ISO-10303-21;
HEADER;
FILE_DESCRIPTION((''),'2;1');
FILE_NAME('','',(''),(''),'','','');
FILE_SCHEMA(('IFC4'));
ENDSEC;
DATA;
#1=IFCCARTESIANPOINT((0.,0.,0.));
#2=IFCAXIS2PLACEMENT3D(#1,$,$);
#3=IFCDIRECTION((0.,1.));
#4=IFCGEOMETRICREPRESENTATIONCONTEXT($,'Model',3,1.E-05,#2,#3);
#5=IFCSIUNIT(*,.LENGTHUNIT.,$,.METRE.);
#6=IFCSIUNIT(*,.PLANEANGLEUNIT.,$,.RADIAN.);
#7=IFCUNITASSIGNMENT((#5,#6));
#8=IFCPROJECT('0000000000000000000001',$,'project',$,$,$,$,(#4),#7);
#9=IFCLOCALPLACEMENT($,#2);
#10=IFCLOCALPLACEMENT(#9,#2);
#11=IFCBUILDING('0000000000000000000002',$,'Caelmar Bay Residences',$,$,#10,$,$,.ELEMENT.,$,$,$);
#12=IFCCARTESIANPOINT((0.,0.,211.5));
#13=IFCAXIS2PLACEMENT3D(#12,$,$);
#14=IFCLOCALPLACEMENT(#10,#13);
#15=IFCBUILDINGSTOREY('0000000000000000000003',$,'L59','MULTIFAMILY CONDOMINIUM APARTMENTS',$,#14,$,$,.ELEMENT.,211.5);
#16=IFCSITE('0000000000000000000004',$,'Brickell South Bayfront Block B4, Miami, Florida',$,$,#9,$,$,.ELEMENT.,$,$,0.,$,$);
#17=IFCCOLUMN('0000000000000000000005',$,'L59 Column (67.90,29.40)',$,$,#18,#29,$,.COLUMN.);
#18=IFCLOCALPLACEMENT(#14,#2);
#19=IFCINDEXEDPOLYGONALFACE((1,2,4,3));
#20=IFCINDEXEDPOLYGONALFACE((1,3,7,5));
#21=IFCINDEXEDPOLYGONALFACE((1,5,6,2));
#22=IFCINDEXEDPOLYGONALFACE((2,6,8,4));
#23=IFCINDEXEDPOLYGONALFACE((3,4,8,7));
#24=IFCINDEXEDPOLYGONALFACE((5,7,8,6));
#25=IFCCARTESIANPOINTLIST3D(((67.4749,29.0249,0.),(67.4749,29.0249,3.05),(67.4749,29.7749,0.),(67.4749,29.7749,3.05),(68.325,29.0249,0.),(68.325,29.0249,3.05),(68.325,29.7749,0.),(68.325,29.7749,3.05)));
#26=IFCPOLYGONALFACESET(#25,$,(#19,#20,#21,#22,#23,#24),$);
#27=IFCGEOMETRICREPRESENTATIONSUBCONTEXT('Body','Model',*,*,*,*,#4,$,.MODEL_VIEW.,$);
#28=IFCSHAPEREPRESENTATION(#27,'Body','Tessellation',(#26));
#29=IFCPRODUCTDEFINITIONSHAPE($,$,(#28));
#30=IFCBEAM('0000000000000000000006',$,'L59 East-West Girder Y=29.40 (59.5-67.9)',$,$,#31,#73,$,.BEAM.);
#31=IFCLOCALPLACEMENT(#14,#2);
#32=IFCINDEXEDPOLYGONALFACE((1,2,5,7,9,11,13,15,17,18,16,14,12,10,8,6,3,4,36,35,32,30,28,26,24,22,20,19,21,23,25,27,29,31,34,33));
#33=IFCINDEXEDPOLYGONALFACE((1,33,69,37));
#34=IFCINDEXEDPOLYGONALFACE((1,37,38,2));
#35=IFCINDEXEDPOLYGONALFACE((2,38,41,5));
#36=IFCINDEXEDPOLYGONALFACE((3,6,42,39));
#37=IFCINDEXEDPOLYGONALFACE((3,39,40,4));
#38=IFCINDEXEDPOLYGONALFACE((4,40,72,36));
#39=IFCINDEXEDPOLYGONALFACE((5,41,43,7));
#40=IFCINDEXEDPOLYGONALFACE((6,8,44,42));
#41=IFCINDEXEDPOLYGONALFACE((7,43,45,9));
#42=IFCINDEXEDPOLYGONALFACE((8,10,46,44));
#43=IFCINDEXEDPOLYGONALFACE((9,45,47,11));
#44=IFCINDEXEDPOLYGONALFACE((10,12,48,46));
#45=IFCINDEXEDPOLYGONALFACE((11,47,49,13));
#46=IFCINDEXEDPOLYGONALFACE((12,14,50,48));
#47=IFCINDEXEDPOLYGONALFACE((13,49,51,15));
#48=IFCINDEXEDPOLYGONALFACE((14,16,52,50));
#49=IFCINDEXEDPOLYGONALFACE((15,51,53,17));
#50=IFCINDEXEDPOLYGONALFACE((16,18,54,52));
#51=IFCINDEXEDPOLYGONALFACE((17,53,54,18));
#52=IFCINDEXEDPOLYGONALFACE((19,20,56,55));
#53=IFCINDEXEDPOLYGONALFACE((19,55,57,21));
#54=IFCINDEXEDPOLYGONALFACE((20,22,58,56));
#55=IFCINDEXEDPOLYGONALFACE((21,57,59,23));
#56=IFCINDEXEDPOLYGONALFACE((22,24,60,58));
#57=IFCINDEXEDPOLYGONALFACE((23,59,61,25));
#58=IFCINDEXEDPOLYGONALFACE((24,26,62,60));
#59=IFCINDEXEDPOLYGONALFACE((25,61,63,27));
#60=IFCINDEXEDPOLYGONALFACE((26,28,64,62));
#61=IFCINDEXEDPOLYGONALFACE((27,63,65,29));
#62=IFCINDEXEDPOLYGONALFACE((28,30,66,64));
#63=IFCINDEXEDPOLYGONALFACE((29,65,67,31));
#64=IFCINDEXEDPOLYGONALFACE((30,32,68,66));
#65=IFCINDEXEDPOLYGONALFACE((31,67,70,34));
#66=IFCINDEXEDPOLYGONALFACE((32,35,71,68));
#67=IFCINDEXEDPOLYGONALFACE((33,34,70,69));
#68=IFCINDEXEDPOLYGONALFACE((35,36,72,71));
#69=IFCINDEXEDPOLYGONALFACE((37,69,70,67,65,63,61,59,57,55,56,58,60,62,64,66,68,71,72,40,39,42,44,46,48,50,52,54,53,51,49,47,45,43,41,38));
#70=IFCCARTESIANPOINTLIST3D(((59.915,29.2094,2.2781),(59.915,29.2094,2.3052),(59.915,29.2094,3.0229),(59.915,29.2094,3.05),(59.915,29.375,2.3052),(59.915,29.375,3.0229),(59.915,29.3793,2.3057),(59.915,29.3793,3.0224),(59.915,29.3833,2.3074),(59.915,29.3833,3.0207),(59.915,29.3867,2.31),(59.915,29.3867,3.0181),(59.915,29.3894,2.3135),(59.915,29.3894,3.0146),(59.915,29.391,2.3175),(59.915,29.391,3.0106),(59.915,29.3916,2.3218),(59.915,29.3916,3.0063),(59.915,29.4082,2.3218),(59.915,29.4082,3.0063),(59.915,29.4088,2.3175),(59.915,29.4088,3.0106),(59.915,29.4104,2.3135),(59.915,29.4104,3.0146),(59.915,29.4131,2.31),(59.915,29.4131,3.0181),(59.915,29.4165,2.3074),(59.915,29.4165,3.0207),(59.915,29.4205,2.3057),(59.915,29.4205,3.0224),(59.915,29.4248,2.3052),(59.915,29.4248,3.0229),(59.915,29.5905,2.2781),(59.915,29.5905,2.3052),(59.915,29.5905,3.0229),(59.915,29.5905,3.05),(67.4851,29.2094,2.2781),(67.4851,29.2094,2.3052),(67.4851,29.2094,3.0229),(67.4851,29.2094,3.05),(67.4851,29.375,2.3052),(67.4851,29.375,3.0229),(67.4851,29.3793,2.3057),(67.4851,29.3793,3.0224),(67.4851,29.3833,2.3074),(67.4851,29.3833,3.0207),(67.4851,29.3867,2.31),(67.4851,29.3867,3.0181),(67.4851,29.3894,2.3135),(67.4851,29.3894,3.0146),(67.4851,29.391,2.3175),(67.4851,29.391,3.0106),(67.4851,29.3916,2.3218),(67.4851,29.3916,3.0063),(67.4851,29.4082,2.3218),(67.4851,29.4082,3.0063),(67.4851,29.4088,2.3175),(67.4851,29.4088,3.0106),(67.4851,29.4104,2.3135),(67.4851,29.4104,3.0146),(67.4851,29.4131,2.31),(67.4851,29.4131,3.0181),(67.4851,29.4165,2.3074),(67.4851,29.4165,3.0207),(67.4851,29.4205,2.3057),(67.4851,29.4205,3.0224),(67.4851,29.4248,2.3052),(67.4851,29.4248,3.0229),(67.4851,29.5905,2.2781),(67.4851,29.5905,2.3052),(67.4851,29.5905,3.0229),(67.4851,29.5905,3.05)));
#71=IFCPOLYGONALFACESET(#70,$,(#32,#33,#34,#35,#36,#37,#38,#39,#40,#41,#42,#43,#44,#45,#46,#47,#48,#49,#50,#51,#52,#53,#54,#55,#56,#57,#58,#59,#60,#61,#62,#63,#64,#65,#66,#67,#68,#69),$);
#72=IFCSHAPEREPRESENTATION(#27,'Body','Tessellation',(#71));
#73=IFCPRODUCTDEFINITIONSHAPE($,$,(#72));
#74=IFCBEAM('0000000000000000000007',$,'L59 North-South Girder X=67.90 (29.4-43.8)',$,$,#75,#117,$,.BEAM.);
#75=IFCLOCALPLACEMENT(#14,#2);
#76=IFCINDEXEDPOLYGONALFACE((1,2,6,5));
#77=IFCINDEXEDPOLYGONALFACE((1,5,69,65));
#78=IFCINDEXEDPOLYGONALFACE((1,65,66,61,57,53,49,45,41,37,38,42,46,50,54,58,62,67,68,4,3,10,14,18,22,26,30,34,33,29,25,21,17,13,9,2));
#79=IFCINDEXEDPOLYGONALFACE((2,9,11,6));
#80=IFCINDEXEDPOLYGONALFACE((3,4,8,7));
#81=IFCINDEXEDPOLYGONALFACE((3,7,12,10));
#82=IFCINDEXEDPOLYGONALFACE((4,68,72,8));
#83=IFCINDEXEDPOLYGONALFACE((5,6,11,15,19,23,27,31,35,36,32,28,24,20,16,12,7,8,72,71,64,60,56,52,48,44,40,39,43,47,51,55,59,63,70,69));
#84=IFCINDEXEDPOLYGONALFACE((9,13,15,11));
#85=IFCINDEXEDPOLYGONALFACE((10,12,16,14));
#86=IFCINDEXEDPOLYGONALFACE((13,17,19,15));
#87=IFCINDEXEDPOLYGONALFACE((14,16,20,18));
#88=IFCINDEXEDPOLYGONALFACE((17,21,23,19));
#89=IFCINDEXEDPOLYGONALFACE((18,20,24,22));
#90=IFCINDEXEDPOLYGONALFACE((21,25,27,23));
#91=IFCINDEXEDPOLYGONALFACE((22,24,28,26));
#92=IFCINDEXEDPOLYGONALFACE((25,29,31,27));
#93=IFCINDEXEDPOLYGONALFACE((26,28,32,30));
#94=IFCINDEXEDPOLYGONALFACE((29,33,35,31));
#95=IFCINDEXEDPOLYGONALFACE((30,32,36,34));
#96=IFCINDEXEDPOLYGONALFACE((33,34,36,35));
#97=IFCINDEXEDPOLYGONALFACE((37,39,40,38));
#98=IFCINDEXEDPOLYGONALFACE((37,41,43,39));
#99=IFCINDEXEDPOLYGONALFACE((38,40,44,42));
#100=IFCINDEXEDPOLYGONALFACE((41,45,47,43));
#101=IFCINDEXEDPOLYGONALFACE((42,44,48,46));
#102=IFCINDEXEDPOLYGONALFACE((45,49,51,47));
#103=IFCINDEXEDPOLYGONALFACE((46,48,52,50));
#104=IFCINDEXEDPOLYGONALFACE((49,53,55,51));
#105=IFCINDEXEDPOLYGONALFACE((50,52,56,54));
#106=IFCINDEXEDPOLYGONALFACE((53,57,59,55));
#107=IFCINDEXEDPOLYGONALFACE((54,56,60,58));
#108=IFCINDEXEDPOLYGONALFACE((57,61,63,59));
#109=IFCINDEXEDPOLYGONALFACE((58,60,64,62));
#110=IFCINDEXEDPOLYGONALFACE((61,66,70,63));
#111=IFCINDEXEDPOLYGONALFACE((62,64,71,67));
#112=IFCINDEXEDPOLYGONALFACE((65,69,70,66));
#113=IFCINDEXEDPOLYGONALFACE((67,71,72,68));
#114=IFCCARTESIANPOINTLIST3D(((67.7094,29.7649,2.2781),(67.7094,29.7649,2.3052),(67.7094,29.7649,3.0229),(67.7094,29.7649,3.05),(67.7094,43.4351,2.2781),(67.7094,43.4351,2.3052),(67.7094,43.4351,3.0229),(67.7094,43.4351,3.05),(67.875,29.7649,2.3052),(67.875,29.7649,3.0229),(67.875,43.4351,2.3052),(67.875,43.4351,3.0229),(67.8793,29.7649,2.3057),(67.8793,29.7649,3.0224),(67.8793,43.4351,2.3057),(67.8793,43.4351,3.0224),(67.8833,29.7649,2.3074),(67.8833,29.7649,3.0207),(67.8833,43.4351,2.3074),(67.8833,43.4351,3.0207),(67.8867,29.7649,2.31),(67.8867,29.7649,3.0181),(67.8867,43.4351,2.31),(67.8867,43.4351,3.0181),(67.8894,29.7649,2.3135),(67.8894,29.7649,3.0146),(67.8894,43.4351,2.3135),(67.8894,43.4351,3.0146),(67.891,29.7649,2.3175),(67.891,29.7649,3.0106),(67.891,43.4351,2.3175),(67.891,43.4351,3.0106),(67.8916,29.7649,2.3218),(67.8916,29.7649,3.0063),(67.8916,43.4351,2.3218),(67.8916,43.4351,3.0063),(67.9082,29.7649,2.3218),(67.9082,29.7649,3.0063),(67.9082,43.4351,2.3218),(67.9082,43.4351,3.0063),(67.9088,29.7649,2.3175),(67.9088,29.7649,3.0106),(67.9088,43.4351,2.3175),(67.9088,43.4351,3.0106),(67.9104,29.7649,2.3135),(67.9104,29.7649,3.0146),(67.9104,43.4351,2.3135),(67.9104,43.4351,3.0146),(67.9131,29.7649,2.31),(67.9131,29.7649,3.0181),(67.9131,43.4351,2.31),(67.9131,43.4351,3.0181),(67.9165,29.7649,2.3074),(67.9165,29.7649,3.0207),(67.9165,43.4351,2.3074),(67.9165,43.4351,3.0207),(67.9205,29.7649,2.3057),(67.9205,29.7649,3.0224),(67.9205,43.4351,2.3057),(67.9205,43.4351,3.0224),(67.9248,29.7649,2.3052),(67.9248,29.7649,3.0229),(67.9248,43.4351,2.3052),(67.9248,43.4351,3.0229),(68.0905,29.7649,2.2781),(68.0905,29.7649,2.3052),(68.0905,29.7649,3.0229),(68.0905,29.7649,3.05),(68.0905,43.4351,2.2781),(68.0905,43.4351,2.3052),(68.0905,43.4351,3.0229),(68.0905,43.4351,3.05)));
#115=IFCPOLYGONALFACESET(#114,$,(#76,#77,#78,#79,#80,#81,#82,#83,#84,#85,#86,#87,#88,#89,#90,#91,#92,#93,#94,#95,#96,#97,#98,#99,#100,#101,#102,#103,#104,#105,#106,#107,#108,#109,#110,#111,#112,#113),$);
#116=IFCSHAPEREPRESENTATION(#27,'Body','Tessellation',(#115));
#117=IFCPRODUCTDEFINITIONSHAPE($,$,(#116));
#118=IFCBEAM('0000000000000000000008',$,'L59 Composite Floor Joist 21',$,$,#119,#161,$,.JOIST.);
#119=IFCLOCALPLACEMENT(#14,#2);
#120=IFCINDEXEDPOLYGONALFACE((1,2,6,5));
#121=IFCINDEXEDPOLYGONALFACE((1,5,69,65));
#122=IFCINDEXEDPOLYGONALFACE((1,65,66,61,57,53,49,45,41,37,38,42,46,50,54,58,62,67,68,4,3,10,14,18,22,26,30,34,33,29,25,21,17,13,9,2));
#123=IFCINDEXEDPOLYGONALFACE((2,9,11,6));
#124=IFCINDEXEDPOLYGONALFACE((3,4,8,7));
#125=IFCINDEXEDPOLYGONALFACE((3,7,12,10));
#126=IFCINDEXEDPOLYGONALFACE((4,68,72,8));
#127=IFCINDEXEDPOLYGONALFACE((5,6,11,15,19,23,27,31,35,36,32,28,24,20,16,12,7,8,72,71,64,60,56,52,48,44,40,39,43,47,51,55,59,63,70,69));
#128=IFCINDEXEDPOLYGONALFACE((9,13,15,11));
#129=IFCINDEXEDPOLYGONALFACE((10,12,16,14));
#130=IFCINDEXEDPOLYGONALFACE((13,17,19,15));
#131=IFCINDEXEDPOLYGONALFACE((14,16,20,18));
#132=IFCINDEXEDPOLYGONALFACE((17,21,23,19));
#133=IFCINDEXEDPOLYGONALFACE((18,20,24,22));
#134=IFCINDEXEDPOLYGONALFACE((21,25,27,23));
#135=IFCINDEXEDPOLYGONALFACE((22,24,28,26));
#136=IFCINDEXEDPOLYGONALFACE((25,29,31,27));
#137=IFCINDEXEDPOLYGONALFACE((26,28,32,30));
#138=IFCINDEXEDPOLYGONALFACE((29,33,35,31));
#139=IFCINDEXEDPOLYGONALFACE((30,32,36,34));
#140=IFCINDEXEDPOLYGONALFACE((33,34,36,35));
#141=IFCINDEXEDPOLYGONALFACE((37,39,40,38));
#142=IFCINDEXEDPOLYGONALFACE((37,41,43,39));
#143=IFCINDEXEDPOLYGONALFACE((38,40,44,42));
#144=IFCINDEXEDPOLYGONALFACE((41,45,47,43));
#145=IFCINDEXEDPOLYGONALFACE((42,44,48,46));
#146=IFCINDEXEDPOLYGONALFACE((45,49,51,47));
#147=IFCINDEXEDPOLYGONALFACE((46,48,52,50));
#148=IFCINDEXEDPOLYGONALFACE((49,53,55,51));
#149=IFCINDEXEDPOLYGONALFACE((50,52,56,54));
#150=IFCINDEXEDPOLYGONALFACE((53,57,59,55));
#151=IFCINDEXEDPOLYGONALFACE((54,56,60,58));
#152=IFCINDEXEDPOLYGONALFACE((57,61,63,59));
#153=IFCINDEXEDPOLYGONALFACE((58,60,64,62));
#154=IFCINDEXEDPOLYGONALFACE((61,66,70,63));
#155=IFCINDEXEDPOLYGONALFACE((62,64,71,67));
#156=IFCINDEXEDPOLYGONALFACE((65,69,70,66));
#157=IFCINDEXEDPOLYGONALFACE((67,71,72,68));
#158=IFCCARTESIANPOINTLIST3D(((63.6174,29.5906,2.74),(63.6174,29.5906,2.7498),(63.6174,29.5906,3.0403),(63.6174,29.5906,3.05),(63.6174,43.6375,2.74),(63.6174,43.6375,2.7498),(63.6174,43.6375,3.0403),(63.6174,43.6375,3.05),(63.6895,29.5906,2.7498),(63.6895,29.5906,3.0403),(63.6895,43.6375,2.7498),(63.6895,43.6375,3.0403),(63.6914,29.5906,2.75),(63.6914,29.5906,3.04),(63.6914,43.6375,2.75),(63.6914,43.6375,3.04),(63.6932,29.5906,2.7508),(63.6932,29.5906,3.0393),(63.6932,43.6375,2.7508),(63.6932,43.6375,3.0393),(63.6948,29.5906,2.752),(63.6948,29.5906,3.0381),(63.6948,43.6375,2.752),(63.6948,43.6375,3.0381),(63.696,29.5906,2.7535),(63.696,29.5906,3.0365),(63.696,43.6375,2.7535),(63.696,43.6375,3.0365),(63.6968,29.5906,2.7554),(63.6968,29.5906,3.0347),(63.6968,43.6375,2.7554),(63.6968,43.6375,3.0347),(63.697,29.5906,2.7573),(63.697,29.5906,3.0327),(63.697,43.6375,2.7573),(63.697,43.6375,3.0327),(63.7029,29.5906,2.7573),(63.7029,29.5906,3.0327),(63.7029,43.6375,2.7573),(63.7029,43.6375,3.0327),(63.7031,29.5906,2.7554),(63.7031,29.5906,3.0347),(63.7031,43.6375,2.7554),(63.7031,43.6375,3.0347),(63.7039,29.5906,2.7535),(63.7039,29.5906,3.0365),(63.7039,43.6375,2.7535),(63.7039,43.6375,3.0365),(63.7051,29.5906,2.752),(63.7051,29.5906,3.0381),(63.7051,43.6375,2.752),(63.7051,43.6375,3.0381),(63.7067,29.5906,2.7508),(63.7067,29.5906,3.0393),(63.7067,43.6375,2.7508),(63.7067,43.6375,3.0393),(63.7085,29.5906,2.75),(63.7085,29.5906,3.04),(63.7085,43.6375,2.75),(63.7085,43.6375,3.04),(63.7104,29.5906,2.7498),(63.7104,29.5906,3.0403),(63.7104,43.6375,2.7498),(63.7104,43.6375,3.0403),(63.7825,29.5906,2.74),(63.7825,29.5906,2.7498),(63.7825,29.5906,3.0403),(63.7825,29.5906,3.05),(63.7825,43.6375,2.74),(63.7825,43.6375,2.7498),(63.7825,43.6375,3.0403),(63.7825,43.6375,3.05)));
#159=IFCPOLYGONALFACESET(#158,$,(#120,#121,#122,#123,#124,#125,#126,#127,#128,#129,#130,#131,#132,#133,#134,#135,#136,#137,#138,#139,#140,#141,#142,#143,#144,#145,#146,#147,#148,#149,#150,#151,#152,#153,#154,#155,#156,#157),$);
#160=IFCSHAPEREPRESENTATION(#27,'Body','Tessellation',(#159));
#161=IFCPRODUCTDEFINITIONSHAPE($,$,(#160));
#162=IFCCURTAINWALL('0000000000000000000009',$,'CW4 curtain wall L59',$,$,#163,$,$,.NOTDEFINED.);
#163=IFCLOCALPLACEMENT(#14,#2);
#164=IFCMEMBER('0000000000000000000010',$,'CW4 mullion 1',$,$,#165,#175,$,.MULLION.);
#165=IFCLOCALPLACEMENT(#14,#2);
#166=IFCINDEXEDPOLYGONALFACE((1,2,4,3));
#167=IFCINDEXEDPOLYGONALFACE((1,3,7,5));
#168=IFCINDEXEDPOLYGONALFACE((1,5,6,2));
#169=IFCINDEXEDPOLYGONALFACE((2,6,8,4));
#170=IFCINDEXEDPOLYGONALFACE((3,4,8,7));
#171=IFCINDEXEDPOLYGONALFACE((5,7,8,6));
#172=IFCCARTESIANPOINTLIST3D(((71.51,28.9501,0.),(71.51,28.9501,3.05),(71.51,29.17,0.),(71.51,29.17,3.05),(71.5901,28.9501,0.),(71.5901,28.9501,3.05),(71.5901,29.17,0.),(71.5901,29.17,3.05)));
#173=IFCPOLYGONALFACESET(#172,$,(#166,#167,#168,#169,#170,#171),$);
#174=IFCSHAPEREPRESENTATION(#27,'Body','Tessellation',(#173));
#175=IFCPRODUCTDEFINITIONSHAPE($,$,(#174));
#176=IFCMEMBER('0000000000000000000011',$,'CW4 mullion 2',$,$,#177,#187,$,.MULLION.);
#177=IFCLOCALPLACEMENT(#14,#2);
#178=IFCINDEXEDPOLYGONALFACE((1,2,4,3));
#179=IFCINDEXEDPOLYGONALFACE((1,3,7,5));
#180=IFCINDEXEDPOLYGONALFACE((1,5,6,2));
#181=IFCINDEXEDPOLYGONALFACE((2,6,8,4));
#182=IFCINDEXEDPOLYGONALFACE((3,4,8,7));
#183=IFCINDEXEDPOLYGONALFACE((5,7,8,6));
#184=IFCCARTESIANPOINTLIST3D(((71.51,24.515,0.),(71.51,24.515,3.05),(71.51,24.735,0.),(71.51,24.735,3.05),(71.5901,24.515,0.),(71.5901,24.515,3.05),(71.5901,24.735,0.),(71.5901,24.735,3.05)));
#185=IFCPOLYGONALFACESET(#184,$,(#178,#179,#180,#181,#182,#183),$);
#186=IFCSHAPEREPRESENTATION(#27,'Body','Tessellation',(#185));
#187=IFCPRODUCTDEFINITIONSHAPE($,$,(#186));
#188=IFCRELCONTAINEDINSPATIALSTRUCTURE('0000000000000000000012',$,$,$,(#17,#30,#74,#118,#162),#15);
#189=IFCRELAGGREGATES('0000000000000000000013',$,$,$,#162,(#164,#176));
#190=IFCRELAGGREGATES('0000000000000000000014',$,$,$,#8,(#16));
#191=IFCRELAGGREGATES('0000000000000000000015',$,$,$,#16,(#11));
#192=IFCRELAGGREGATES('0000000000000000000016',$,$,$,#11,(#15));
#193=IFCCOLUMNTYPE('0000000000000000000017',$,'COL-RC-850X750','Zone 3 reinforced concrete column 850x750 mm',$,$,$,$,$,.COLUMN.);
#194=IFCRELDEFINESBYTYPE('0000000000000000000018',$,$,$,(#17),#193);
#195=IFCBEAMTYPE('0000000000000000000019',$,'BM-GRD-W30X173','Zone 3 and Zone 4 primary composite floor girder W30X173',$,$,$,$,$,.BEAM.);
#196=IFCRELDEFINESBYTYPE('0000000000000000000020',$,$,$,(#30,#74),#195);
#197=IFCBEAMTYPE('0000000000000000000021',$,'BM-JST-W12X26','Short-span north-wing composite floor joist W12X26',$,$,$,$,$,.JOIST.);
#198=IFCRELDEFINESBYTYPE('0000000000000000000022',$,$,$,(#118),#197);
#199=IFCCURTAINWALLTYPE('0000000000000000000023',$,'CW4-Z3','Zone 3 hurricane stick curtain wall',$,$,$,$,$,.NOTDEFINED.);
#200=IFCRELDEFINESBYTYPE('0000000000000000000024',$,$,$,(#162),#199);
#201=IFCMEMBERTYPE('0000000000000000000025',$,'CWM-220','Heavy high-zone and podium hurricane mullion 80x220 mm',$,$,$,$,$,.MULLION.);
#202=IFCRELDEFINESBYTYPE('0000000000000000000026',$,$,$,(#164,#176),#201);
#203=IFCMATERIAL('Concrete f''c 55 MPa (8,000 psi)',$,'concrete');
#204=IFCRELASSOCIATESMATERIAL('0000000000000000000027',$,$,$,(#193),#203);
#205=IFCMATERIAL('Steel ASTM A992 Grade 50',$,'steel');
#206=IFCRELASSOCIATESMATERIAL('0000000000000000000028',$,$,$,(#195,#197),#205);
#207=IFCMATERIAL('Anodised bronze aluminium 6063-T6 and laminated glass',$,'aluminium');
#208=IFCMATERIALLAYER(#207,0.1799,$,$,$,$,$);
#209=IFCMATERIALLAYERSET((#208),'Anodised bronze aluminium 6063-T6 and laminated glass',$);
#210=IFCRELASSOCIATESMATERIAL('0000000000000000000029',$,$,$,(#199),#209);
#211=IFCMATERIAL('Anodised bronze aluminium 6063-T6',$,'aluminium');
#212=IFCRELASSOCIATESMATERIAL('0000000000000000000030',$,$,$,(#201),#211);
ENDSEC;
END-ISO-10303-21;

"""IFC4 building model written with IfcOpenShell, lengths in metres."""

from ifc_helpers import new_model, si_unit, direction, frame, origin, origin_2d, place, context, subcontext, project, spatial, rectangle, i_section, extrude, material, layer, layer_set, material_profile, profile_set, type_object, element, aggregate, save


model = new_model("IFC4")

# Units and contexts
model_context = context("Model", 3, precision=1e-05, world=origin(), true_north=direction((0.0, 1.0)))
body_context = subcontext(model_context, "Body", "Model", "MODEL_VIEW")
ifc_project = project(units=[si_unit("LENGTHUNIT", "METRE"), si_unit("PLANEANGLEUNIT", "RADIAN")], contexts=[model_context])

# Site, building, storey
site_placement = place(None, origin())
site = spatial("IfcSite", under=ifc_project, at=site_placement, Name="Brickell South Bayfront Block B4, Miami, Florida", CompositionType="ELEMENT", RefElevation=0.0)
building_placement = place(site_placement, origin())
building = spatial("IfcBuilding", under=site, at=building_placement, Name="Caelmar Bay Residences", CompositionType="ELEMENT")
storey_placement = place(building_placement, frame((0.0, 0.0, 211.5)))
storey = spatial("IfcBuildingStorey", under=building, at=storey_placement, Name="L59", Description="MULTIFAMILY CONDOMINIUM APARTMENTS", CompositionType="ELEMENT", Elevation=211.5)

# Column
ifc_material_1 = material(Name="Concrete f'c 55 MPa (8,000 psi)", Category="concrete")
ifc_material_profile_1 = material_profile(ifc_material_1, rectangle(XDim=0.8501, YDim=0.75, at=origin_2d()), Name="RC-COL-850X750")
ifc_profile_set_1 = profile_set([ifc_material_profile_1], Name="Concrete f'c 55 MPa (8,000 psi)")
column_type = type_object("IfcColumnType", Name="COL-RC-850X750", Description="Zone 3 reinforced concrete column 850x750 mm", PredefinedType="COLUMN", material=ifc_profile_set_1)
column_placement = place(storey_placement, frame((67.8999, 29.3999, 0.0), z_axis=(0.0, 0.0, 1.0), x_axis=(1.0, 0.0, 0.0)))
element("IfcColumn", 1, at=column_placement, inside=storey, type_object=column_type, Name="L59 Column (67.90,29.40)", PredefinedType="COLUMN", context=body_context, shape_type="SweptSolid", body=[
    extrude(rectangle(XDim=0.8501, YDim=0.75, at=origin_2d()), origin(), (0.0, 0.0, 1.0), 3.05),
])

# Beams
ifc_material_2 = material(Name="Steel ASTM A992 Grade 50", Category="steel")
ifc_material_profile_2 = material_profile(ifc_material_2, i_section(OverallWidth=0.3811, OverallDepth=0.772, WebThickness=0.0166, FlangeThickness=0.0271, FilletRadius=0.0166, at=origin_2d()), Name="W30X173")
ifc_profile_set_2 = profile_set([ifc_material_profile_2], Name="Steel ASTM A992 Grade 50")
beam_type_1 = type_object("IfcBeamType", Name="BM-GRD-W30X173", Description="Zone 3 and Zone 4 primary composite floor girder W30X173", PredefinedType="BEAM", material=ifc_profile_set_2)
beam_1_placement = place(storey_placement, frame((59.915, 29.3999, 2.6641), z_axis=(1.0, 0.0, 0.0), x_axis=(0.0, 1.0, 0.0)))
element("IfcBeam", 2, at=beam_1_placement, inside=storey, type_object=beam_type_1, Name="L59 East-West Girder Y=29.40 (59.5-67.9)", PredefinedType="BEAM", context=body_context, shape_type="SweptSolid", body=[
    extrude(i_section(OverallWidth=0.3811, OverallDepth=0.772, WebThickness=0.0166, FlangeThickness=0.0271, FilletRadius=0.0166, at=origin_2d()), origin(), (0.0, 0.0, 1.0), 7.5701),
])
beam_2_placement = place(storey_placement, frame((67.8999, 29.7649, 2.6641), z_axis=(0.0, 1.0, 0.0), x_axis=(-1.0, 0.0, 0.0)))
element("IfcBeam", 3, at=beam_2_placement, inside=storey, type_object=beam_type_1, Name="L59 North-South Girder X=67.90 (29.4-43.8)", PredefinedType="BEAM", context=body_context, shape_type="SweptSolid", body=[
    extrude(i_section(OverallWidth=0.3811, OverallDepth=0.772, WebThickness=0.0166, FlangeThickness=0.0271, FilletRadius=0.0166, at=origin_2d()), origin(), (0.0, 0.0, 1.0), 13.6702),
])
ifc_material_profile_3 = material_profile(ifc_material_2, i_section(OverallWidth=0.165, OverallDepth=0.3101, WebThickness=0.0059, FlangeThickness=0.0098, FilletRadius=0.0076, at=origin_2d()), Name="W12X26")
ifc_profile_set_3 = profile_set([ifc_material_profile_3], Name="Steel ASTM A992 Grade 50")
beam_type_2 = type_object("IfcBeamType", Name="BM-JST-W12X26", Description="Short-span north-wing composite floor joist W12X26", PredefinedType="JOIST", material=ifc_profile_set_3)
beam_3_placement = place(storey_placement, frame((63.7, 29.5906, 2.895), z_axis=(0.0, 1.0, 0.0), x_axis=(-1.0, 0.0, 0.0)))
element("IfcBeam", 4, at=beam_3_placement, inside=storey, type_object=beam_type_2, Name="L59 Composite Floor Joist 21", PredefinedType="JOIST", context=body_context, shape_type="SweptSolid", body=[
    extrude(i_section(OverallWidth=0.165, OverallDepth=0.3101, WebThickness=0.0059, FlangeThickness=0.0098, FilletRadius=0.0076, at=origin_2d()), origin(), (0.0, 0.0, 1.0), 14.0469),
])

# Curtain wall, members
ifc_material_3 = material(Name="Anodised bronze aluminium 6063-T6 and laminated glass", Category="aluminium")
ifc_layer_1 = layer(ifc_material_3, 0.1799)
ifc_layer_set_1 = layer_set([ifc_layer_1], Name="Anodised bronze aluminium 6063-T6 and laminated glass")
curtain_wall_type = type_object("IfcCurtainWallType", Name="CW4-Z3", Description="Zone 3 hurricane stick curtain wall", PredefinedType="NOTDEFINED", material=ifc_layer_set_1)
curtain_wall_placement = place(storey_placement, origin())
curtain_wall = element("IfcCurtainWall", 5, at=curtain_wall_placement, inside=storey, type_object=curtain_wall_type, Name="CW4 curtain wall L59", PredefinedType="NOTDEFINED")
ifc_material_4 = material(Name="Anodised bronze aluminium 6063-T6", Category="aluminium")
ifc_material_profile_4 = material_profile(ifc_material_4, rectangle(XDim=0.0801, YDim=0.22, at=origin_2d()), Name="CWM-80X220")
ifc_profile_set_4 = profile_set([ifc_material_profile_4], Name="Anodised bronze aluminium 6063-T6")
member_type_1 = type_object("IfcMemberType", Name="CWM-220", Description="Heavy high-zone and podium hurricane mullion 80x220 mm", PredefinedType="MULLION", material=ifc_profile_set_4)
member_1_placement = place(storey_placement, frame((71.55, 29.0601, 0.0), z_axis=(0.0, 0.0, 1.0), x_axis=(1.0, 0.0, 0.0)))
member_1 = element("IfcMember", 6, at=member_1_placement, type_object=member_type_1, Name="CW4 mullion 1", PredefinedType="MULLION", context=body_context, shape_type="SweptSolid", body=[
    extrude(rectangle(XDim=0.0801, YDim=0.22, at=origin_2d()), origin(), (0.0, 0.0, 1.0), 3.05),
])
member_2_placement = place(storey_placement, frame((71.55, 24.625, 0.0), z_axis=(0.0, 0.0, 1.0), x_axis=(1.0, 0.0, 0.0)))
member_2 = element("IfcMember", 7, at=member_2_placement, type_object=member_type_1, Name="CW4 mullion 2", PredefinedType="MULLION", context=body_context, shape_type="SweptSolid", body=[
    extrude(rectangle(XDim=0.0801, YDim=0.22, at=origin_2d()), origin(), (0.0, 0.0, 1.0), 3.05),
])
aggregate(curtain_wall, [member_1, member_2])

save(model, "model.ifc")
